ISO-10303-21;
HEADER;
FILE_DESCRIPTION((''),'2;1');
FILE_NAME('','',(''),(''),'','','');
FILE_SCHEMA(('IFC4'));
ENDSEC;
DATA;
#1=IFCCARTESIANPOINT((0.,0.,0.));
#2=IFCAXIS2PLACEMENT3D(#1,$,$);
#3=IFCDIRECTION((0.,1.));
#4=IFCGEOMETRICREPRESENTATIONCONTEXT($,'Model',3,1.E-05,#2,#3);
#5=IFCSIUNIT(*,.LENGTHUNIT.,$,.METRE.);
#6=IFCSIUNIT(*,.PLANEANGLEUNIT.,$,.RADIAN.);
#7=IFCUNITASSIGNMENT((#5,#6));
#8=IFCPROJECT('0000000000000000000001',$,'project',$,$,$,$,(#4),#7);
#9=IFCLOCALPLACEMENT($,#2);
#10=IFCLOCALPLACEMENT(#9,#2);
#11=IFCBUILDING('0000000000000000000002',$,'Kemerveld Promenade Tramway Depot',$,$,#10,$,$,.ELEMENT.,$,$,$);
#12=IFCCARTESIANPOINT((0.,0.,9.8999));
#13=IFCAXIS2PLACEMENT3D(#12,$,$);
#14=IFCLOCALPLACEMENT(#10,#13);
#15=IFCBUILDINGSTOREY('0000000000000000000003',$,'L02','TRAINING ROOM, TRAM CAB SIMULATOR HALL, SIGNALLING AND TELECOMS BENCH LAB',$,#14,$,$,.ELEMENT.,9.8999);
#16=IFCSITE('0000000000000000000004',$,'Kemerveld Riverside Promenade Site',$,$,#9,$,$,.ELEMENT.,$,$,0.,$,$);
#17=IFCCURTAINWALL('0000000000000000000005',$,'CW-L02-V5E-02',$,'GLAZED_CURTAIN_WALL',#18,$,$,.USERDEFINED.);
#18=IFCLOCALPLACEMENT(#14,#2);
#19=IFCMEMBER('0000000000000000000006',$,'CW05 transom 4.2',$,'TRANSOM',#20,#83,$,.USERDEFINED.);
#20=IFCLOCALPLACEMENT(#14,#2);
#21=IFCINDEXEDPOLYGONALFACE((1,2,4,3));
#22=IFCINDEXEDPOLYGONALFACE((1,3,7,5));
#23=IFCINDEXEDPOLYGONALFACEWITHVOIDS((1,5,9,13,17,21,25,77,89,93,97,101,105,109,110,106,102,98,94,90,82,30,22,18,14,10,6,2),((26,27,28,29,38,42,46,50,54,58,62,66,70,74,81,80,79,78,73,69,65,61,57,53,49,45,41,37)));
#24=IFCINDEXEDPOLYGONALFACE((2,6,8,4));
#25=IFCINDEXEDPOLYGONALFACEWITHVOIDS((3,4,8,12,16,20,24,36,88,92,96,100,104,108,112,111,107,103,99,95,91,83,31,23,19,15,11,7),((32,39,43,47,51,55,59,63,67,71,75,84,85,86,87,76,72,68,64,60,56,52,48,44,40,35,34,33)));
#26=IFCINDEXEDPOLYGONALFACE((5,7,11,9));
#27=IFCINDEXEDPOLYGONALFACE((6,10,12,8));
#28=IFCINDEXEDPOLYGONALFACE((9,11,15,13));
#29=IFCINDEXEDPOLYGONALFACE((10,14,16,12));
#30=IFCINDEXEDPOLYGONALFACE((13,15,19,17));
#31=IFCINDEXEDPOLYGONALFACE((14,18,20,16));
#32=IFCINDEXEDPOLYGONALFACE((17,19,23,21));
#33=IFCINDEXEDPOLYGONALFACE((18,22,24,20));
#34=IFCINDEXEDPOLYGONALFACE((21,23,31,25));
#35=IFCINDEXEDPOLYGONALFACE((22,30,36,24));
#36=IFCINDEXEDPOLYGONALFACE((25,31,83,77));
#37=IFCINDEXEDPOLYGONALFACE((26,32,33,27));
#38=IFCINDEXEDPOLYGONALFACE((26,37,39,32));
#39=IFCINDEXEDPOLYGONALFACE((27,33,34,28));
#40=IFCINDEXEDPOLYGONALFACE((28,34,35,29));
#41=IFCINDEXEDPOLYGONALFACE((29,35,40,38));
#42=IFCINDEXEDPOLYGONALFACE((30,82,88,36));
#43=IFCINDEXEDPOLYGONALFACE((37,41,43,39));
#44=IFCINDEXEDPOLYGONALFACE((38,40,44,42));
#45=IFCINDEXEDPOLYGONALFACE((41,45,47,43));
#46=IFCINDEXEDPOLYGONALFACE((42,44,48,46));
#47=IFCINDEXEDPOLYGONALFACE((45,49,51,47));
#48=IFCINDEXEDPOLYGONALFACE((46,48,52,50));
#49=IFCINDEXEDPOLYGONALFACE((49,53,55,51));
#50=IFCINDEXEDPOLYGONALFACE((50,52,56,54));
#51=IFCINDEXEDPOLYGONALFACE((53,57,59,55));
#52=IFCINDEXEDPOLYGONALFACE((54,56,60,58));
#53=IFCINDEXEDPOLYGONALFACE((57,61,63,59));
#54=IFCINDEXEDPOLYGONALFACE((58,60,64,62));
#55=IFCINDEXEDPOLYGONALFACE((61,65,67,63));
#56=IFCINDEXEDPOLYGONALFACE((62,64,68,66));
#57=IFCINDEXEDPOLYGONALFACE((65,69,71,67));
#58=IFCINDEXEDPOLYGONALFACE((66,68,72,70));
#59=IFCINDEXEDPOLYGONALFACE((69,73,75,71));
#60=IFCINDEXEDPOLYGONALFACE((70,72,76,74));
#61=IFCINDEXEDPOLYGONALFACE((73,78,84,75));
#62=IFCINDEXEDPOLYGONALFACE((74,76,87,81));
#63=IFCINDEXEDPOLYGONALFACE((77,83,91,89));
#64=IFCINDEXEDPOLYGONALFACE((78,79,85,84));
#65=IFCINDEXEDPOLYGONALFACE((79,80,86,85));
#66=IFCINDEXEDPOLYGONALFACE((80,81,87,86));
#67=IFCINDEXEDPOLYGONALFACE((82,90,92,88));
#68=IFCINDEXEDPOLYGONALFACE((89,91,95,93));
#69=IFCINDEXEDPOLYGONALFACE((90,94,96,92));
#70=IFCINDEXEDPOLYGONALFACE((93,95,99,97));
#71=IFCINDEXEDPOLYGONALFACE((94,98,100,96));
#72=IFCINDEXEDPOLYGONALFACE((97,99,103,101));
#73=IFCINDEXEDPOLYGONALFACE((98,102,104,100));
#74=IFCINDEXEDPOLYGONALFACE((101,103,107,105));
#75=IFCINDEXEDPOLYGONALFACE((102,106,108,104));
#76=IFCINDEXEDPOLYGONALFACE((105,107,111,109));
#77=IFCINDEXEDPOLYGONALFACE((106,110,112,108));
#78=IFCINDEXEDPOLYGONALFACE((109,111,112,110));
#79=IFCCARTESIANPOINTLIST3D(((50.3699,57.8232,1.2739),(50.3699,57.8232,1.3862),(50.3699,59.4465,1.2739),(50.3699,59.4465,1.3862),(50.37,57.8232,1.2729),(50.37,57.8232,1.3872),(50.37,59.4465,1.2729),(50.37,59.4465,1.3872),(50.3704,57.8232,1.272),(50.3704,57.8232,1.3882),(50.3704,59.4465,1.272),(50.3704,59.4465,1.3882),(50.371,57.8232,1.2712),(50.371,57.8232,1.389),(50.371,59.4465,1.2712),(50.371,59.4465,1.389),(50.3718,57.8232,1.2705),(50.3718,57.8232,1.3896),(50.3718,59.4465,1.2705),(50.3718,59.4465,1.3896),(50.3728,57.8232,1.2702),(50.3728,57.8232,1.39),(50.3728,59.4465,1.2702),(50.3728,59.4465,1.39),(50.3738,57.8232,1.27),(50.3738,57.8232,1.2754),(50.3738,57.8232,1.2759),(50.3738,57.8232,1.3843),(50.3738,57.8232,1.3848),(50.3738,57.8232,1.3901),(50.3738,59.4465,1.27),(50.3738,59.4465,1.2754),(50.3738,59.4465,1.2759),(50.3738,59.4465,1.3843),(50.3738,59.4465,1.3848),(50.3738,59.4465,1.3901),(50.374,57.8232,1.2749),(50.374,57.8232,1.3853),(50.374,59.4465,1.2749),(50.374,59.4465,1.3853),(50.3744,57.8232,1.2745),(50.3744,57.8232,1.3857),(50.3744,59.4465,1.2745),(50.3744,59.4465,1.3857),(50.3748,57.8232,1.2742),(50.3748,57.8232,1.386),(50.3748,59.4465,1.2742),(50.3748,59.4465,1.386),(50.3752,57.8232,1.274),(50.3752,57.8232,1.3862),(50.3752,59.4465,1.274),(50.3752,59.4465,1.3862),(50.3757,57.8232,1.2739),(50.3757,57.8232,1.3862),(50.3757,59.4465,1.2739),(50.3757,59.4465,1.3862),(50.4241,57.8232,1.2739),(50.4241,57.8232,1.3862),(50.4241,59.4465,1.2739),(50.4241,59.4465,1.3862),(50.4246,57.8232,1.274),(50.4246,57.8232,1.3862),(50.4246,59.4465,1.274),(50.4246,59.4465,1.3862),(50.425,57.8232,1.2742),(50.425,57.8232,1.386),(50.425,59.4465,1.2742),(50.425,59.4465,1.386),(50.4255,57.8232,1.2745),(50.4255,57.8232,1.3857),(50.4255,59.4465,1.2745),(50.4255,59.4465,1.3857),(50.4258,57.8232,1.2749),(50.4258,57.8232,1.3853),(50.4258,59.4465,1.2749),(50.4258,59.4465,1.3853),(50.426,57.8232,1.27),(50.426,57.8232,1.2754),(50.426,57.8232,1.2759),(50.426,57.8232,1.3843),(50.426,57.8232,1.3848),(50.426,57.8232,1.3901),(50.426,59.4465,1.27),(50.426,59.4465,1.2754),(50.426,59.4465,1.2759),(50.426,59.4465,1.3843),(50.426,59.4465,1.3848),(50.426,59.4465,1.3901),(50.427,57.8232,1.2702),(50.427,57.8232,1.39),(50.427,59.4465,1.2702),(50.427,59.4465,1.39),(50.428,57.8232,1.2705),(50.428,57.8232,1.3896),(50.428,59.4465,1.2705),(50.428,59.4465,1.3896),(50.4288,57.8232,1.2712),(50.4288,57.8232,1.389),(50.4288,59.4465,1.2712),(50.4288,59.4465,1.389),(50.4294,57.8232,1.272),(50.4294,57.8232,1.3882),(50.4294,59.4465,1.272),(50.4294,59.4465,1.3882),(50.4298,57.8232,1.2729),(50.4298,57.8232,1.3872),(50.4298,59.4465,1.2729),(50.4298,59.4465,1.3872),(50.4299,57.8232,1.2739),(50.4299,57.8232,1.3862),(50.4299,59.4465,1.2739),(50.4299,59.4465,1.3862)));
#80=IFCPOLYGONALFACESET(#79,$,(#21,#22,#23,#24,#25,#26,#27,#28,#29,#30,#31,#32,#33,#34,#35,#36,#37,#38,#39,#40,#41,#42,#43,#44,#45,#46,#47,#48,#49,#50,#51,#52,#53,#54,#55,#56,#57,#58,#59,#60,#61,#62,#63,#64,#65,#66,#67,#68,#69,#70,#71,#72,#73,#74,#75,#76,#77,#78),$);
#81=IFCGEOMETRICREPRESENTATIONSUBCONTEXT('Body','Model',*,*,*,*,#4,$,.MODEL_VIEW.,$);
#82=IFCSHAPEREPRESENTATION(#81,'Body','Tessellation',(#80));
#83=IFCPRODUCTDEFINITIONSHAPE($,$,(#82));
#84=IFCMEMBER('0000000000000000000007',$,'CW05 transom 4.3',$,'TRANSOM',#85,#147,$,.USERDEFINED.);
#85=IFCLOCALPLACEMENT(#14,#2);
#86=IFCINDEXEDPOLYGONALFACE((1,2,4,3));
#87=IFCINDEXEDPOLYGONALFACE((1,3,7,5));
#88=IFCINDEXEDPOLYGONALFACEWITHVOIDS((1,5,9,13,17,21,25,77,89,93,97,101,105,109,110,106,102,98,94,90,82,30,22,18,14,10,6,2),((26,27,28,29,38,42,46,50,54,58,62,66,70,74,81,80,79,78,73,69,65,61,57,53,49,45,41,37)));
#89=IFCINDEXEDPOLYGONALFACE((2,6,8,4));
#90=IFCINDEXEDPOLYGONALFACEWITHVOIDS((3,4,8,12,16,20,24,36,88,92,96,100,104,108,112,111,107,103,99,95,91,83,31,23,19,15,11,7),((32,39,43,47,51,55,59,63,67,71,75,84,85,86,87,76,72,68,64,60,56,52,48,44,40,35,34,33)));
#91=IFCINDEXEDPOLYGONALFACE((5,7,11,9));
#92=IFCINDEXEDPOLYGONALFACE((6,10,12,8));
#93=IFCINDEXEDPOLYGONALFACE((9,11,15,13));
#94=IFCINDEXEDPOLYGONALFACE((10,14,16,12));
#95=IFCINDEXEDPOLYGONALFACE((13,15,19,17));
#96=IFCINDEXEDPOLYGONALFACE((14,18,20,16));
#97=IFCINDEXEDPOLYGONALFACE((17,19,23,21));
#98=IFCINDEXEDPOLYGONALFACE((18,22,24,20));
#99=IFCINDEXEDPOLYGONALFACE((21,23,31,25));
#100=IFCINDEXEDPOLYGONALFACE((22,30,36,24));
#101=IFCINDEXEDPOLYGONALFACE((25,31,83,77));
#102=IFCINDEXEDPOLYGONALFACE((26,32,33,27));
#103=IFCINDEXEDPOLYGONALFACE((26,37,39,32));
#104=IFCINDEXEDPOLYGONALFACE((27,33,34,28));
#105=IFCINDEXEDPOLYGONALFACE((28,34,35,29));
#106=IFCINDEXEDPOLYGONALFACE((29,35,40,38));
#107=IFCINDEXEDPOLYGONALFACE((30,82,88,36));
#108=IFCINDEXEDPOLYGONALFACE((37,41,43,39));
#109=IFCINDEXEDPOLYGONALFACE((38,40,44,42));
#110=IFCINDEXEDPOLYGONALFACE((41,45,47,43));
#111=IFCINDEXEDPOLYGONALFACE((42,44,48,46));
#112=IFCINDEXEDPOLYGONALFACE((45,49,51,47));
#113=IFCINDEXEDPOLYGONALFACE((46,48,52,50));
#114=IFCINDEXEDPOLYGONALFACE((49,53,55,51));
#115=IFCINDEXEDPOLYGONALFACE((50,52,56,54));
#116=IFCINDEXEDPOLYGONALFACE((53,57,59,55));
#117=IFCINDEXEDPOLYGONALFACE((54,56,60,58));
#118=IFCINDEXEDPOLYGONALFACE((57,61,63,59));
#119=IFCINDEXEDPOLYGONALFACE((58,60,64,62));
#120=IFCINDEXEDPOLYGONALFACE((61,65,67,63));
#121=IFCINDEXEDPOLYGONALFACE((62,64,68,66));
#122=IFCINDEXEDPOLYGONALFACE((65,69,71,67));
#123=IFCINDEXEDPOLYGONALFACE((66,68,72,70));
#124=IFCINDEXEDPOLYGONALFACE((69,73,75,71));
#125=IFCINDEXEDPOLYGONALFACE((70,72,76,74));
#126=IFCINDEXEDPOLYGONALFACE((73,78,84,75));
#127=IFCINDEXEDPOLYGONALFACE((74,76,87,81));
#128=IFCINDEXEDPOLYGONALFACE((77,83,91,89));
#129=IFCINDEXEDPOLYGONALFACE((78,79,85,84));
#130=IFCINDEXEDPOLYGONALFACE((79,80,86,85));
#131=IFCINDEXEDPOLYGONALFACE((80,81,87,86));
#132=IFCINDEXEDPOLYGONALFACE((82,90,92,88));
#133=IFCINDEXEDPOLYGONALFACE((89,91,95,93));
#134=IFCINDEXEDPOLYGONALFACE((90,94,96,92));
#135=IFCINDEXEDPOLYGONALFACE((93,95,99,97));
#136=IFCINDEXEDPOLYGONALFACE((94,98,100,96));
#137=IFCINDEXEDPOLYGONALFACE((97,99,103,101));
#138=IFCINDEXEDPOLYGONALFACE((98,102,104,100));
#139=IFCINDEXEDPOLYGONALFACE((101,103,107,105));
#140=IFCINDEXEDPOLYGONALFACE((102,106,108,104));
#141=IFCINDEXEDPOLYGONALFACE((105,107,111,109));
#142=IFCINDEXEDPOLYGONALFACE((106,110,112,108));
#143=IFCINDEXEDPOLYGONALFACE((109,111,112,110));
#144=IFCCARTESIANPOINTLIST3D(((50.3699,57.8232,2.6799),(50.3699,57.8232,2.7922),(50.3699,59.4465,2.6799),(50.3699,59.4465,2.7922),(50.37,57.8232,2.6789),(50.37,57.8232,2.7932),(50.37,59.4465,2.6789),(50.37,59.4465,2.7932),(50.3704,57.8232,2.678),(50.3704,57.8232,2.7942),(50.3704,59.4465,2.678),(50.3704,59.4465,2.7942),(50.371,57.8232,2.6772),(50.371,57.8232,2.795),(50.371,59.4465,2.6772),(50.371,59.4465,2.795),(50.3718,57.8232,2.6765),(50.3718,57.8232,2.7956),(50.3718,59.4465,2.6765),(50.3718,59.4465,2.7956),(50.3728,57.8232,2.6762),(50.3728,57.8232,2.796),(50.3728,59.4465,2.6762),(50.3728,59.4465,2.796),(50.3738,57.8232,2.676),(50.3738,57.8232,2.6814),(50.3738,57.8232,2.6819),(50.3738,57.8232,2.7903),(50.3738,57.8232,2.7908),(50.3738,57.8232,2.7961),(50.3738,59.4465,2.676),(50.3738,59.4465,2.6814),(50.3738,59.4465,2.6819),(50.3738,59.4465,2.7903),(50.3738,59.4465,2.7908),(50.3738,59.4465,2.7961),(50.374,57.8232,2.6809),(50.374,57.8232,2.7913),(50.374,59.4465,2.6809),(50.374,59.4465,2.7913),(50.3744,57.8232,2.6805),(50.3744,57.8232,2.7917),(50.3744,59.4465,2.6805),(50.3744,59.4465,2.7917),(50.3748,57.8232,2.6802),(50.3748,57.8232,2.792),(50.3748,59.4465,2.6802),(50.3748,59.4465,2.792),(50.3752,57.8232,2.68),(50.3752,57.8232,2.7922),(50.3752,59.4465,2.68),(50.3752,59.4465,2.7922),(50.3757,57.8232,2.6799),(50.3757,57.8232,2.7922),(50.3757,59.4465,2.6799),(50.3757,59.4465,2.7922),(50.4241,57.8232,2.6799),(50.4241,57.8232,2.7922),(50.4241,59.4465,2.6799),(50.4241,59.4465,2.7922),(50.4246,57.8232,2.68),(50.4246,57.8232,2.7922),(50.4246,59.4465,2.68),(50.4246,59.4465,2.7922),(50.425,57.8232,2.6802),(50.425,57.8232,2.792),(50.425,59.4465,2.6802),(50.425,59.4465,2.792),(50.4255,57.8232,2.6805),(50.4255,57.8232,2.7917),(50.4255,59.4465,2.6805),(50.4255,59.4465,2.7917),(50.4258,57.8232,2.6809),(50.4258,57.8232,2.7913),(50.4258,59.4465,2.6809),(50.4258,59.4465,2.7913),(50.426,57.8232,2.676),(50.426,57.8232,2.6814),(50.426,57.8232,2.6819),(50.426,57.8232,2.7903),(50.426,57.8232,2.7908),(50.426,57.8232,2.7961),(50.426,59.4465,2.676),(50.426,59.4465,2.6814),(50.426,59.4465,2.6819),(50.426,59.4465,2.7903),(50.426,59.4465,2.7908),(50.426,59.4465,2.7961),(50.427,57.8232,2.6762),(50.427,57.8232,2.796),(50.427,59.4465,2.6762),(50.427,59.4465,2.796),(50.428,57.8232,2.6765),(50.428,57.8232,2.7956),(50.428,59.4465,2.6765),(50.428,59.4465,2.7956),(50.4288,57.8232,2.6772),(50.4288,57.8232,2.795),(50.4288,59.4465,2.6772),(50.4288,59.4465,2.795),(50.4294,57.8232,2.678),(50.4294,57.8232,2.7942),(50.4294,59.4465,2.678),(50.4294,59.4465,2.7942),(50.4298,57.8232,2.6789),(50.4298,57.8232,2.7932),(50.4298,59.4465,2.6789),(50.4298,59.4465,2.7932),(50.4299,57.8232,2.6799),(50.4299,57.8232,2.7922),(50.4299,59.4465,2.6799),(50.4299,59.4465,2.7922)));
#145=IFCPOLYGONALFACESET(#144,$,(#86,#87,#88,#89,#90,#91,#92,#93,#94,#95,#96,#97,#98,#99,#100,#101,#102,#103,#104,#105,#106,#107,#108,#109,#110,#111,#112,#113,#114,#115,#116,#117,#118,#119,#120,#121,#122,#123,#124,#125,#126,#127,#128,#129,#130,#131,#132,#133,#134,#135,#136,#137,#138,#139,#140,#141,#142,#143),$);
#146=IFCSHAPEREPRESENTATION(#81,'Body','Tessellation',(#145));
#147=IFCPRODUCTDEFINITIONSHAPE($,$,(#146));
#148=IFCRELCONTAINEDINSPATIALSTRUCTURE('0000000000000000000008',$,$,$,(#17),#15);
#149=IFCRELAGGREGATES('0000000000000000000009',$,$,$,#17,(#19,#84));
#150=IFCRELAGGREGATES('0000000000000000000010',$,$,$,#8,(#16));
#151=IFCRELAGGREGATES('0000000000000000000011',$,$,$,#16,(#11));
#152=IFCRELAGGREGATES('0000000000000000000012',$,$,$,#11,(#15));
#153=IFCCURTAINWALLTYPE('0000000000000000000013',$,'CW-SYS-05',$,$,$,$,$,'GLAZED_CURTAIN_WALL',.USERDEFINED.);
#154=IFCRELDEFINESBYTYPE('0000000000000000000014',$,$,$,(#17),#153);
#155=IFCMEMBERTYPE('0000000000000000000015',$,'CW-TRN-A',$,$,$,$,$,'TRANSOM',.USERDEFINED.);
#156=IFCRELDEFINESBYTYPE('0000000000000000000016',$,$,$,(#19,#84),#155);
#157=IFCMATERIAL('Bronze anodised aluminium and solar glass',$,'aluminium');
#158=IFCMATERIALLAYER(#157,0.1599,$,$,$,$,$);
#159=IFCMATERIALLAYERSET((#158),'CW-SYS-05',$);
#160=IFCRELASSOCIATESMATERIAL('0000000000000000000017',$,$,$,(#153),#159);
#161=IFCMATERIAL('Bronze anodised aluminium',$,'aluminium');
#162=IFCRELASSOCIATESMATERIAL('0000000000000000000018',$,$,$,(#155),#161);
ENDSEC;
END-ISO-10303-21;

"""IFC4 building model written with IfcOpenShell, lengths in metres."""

from ifc_helpers import new_model, si_unit, direction, frame, origin, origin_2d, place, context, subcontext, project, spatial, hollow_rectangle, extrude, material, layer, layer_set, material_profile, profile_set, type_object, element, aggregate, save


model = new_model("IFC4")

# Units and contexts
model_context = context("Model", 3, precision=1e-05, world=origin(), true_north=direction((0.0, 1.0)))
body_context = subcontext(model_context, "Body", "Model", "MODEL_VIEW")
ifc_project = project(units=[si_unit("LENGTHUNIT", "METRE"), si_unit("PLANEANGLEUNIT", "RADIAN")], contexts=[model_context])

# Site, building, storey
site_placement = place(None, origin())
site = spatial("IfcSite", under=ifc_project, at=site_placement, Name="Kemerveld Riverside Promenade Site", CompositionType="ELEMENT", RefElevation=0.0)
building_placement = place(site_placement, origin())
building = spatial("IfcBuilding", under=site, at=building_placement, Name="Kemerveld Promenade Tramway Depot", CompositionType="ELEMENT")
storey_placement = place(building_placement, frame((0.0, 0.0, 9.8999)))
storey = spatial("IfcBuildingStorey", under=building, at=storey_placement, Name="L02", Description="TRAINING ROOM, TRAM CAB SIMULATOR HALL, SIGNALLING AND TELECOMS BENCH LAB", CompositionType="ELEMENT", Elevation=9.8999)

# Curtain wall, members
ifc_material_1 = material(Name="Bronze anodised aluminium and solar glass", Category="aluminium")
ifc_layer_1 = layer(ifc_material_1, 0.1599)
ifc_layer_set_1 = layer_set([ifc_layer_1], Name="CW-SYS-05")
curtain_wall_type = type_object("IfcCurtainWallType", Name="CW-SYS-05", ElementType="GLAZED_CURTAIN_WALL", PredefinedType="USERDEFINED", material=ifc_layer_set_1)
curtain_wall_placement = place(storey_placement, origin())
curtain_wall = element("IfcCurtainWall", 1, at=curtain_wall_placement, inside=storey, type_object=curtain_wall_type, Name="CW-L02-V5E-02", ObjectType="GLAZED_CURTAIN_WALL", PredefinedType="USERDEFINED")
ifc_material_2 = material(Name="Bronze anodised aluminium", Category="aluminium")
ifc_material_profile_1 = material_profile(ifc_material_2, hollow_rectangle(XDim=0.0601, YDim=0.1201, WallThickness=0.0039, InnerFilletRadius=0.002, OuterFilletRadius=0.0039, at=origin_2d()), Name="CW-TRN-120x60")
ifc_profile_set_1 = profile_set([ifc_material_profile_1], Name="Bronze anodised aluminium")
member_type_1 = type_object("IfcMemberType", Name="CW-TRN-A", ElementType="TRANSOM", PredefinedType="USERDEFINED", material=ifc_profile_set_1)
member_1_placement = place(storey_placement, frame((50.3999, 59.4465, 1.3301), z_axis=(0.0, -1.0, 0.0), x_axis=(1.0, 0.0, 0.0)))
member_1 = element("IfcMember", 2, at=member_1_placement, type_object=member_type_1, Name="CW05 transom 4.2", ObjectType="TRANSOM", PredefinedType="USERDEFINED", context=body_context, shape_type="SweptSolid", body=[
    extrude(hollow_rectangle(XDim=0.0601, YDim=0.1201, WallThickness=0.0039, InnerFilletRadius=0.002, OuterFilletRadius=0.0039, at=origin_2d()), origin(), (0.0, 0.0, 1.0), 1.6233),
])
member_2_placement = place(storey_placement, frame((50.3999, 59.4465, 2.7361), z_axis=(0.0, -1.0, 0.0), x_axis=(1.0, 0.0, 0.0)))
member_2 = element("IfcMember", 3, at=member_2_placement, type_object=member_type_1, Name="CW05 transom 4.3", ObjectType="TRANSOM", PredefinedType="USERDEFINED", context=body_context, shape_type="SweptSolid", body=[
    extrude(hollow_rectangle(XDim=0.0601, YDim=0.1201, WallThickness=0.0039, InnerFilletRadius=0.002, OuterFilletRadius=0.0039, at=origin_2d()), origin(), (0.0, 0.0, 1.0), 1.6233),
])
aggregate(curtain_wall, [member_1, member_2])

save(model, "model.ifc")
